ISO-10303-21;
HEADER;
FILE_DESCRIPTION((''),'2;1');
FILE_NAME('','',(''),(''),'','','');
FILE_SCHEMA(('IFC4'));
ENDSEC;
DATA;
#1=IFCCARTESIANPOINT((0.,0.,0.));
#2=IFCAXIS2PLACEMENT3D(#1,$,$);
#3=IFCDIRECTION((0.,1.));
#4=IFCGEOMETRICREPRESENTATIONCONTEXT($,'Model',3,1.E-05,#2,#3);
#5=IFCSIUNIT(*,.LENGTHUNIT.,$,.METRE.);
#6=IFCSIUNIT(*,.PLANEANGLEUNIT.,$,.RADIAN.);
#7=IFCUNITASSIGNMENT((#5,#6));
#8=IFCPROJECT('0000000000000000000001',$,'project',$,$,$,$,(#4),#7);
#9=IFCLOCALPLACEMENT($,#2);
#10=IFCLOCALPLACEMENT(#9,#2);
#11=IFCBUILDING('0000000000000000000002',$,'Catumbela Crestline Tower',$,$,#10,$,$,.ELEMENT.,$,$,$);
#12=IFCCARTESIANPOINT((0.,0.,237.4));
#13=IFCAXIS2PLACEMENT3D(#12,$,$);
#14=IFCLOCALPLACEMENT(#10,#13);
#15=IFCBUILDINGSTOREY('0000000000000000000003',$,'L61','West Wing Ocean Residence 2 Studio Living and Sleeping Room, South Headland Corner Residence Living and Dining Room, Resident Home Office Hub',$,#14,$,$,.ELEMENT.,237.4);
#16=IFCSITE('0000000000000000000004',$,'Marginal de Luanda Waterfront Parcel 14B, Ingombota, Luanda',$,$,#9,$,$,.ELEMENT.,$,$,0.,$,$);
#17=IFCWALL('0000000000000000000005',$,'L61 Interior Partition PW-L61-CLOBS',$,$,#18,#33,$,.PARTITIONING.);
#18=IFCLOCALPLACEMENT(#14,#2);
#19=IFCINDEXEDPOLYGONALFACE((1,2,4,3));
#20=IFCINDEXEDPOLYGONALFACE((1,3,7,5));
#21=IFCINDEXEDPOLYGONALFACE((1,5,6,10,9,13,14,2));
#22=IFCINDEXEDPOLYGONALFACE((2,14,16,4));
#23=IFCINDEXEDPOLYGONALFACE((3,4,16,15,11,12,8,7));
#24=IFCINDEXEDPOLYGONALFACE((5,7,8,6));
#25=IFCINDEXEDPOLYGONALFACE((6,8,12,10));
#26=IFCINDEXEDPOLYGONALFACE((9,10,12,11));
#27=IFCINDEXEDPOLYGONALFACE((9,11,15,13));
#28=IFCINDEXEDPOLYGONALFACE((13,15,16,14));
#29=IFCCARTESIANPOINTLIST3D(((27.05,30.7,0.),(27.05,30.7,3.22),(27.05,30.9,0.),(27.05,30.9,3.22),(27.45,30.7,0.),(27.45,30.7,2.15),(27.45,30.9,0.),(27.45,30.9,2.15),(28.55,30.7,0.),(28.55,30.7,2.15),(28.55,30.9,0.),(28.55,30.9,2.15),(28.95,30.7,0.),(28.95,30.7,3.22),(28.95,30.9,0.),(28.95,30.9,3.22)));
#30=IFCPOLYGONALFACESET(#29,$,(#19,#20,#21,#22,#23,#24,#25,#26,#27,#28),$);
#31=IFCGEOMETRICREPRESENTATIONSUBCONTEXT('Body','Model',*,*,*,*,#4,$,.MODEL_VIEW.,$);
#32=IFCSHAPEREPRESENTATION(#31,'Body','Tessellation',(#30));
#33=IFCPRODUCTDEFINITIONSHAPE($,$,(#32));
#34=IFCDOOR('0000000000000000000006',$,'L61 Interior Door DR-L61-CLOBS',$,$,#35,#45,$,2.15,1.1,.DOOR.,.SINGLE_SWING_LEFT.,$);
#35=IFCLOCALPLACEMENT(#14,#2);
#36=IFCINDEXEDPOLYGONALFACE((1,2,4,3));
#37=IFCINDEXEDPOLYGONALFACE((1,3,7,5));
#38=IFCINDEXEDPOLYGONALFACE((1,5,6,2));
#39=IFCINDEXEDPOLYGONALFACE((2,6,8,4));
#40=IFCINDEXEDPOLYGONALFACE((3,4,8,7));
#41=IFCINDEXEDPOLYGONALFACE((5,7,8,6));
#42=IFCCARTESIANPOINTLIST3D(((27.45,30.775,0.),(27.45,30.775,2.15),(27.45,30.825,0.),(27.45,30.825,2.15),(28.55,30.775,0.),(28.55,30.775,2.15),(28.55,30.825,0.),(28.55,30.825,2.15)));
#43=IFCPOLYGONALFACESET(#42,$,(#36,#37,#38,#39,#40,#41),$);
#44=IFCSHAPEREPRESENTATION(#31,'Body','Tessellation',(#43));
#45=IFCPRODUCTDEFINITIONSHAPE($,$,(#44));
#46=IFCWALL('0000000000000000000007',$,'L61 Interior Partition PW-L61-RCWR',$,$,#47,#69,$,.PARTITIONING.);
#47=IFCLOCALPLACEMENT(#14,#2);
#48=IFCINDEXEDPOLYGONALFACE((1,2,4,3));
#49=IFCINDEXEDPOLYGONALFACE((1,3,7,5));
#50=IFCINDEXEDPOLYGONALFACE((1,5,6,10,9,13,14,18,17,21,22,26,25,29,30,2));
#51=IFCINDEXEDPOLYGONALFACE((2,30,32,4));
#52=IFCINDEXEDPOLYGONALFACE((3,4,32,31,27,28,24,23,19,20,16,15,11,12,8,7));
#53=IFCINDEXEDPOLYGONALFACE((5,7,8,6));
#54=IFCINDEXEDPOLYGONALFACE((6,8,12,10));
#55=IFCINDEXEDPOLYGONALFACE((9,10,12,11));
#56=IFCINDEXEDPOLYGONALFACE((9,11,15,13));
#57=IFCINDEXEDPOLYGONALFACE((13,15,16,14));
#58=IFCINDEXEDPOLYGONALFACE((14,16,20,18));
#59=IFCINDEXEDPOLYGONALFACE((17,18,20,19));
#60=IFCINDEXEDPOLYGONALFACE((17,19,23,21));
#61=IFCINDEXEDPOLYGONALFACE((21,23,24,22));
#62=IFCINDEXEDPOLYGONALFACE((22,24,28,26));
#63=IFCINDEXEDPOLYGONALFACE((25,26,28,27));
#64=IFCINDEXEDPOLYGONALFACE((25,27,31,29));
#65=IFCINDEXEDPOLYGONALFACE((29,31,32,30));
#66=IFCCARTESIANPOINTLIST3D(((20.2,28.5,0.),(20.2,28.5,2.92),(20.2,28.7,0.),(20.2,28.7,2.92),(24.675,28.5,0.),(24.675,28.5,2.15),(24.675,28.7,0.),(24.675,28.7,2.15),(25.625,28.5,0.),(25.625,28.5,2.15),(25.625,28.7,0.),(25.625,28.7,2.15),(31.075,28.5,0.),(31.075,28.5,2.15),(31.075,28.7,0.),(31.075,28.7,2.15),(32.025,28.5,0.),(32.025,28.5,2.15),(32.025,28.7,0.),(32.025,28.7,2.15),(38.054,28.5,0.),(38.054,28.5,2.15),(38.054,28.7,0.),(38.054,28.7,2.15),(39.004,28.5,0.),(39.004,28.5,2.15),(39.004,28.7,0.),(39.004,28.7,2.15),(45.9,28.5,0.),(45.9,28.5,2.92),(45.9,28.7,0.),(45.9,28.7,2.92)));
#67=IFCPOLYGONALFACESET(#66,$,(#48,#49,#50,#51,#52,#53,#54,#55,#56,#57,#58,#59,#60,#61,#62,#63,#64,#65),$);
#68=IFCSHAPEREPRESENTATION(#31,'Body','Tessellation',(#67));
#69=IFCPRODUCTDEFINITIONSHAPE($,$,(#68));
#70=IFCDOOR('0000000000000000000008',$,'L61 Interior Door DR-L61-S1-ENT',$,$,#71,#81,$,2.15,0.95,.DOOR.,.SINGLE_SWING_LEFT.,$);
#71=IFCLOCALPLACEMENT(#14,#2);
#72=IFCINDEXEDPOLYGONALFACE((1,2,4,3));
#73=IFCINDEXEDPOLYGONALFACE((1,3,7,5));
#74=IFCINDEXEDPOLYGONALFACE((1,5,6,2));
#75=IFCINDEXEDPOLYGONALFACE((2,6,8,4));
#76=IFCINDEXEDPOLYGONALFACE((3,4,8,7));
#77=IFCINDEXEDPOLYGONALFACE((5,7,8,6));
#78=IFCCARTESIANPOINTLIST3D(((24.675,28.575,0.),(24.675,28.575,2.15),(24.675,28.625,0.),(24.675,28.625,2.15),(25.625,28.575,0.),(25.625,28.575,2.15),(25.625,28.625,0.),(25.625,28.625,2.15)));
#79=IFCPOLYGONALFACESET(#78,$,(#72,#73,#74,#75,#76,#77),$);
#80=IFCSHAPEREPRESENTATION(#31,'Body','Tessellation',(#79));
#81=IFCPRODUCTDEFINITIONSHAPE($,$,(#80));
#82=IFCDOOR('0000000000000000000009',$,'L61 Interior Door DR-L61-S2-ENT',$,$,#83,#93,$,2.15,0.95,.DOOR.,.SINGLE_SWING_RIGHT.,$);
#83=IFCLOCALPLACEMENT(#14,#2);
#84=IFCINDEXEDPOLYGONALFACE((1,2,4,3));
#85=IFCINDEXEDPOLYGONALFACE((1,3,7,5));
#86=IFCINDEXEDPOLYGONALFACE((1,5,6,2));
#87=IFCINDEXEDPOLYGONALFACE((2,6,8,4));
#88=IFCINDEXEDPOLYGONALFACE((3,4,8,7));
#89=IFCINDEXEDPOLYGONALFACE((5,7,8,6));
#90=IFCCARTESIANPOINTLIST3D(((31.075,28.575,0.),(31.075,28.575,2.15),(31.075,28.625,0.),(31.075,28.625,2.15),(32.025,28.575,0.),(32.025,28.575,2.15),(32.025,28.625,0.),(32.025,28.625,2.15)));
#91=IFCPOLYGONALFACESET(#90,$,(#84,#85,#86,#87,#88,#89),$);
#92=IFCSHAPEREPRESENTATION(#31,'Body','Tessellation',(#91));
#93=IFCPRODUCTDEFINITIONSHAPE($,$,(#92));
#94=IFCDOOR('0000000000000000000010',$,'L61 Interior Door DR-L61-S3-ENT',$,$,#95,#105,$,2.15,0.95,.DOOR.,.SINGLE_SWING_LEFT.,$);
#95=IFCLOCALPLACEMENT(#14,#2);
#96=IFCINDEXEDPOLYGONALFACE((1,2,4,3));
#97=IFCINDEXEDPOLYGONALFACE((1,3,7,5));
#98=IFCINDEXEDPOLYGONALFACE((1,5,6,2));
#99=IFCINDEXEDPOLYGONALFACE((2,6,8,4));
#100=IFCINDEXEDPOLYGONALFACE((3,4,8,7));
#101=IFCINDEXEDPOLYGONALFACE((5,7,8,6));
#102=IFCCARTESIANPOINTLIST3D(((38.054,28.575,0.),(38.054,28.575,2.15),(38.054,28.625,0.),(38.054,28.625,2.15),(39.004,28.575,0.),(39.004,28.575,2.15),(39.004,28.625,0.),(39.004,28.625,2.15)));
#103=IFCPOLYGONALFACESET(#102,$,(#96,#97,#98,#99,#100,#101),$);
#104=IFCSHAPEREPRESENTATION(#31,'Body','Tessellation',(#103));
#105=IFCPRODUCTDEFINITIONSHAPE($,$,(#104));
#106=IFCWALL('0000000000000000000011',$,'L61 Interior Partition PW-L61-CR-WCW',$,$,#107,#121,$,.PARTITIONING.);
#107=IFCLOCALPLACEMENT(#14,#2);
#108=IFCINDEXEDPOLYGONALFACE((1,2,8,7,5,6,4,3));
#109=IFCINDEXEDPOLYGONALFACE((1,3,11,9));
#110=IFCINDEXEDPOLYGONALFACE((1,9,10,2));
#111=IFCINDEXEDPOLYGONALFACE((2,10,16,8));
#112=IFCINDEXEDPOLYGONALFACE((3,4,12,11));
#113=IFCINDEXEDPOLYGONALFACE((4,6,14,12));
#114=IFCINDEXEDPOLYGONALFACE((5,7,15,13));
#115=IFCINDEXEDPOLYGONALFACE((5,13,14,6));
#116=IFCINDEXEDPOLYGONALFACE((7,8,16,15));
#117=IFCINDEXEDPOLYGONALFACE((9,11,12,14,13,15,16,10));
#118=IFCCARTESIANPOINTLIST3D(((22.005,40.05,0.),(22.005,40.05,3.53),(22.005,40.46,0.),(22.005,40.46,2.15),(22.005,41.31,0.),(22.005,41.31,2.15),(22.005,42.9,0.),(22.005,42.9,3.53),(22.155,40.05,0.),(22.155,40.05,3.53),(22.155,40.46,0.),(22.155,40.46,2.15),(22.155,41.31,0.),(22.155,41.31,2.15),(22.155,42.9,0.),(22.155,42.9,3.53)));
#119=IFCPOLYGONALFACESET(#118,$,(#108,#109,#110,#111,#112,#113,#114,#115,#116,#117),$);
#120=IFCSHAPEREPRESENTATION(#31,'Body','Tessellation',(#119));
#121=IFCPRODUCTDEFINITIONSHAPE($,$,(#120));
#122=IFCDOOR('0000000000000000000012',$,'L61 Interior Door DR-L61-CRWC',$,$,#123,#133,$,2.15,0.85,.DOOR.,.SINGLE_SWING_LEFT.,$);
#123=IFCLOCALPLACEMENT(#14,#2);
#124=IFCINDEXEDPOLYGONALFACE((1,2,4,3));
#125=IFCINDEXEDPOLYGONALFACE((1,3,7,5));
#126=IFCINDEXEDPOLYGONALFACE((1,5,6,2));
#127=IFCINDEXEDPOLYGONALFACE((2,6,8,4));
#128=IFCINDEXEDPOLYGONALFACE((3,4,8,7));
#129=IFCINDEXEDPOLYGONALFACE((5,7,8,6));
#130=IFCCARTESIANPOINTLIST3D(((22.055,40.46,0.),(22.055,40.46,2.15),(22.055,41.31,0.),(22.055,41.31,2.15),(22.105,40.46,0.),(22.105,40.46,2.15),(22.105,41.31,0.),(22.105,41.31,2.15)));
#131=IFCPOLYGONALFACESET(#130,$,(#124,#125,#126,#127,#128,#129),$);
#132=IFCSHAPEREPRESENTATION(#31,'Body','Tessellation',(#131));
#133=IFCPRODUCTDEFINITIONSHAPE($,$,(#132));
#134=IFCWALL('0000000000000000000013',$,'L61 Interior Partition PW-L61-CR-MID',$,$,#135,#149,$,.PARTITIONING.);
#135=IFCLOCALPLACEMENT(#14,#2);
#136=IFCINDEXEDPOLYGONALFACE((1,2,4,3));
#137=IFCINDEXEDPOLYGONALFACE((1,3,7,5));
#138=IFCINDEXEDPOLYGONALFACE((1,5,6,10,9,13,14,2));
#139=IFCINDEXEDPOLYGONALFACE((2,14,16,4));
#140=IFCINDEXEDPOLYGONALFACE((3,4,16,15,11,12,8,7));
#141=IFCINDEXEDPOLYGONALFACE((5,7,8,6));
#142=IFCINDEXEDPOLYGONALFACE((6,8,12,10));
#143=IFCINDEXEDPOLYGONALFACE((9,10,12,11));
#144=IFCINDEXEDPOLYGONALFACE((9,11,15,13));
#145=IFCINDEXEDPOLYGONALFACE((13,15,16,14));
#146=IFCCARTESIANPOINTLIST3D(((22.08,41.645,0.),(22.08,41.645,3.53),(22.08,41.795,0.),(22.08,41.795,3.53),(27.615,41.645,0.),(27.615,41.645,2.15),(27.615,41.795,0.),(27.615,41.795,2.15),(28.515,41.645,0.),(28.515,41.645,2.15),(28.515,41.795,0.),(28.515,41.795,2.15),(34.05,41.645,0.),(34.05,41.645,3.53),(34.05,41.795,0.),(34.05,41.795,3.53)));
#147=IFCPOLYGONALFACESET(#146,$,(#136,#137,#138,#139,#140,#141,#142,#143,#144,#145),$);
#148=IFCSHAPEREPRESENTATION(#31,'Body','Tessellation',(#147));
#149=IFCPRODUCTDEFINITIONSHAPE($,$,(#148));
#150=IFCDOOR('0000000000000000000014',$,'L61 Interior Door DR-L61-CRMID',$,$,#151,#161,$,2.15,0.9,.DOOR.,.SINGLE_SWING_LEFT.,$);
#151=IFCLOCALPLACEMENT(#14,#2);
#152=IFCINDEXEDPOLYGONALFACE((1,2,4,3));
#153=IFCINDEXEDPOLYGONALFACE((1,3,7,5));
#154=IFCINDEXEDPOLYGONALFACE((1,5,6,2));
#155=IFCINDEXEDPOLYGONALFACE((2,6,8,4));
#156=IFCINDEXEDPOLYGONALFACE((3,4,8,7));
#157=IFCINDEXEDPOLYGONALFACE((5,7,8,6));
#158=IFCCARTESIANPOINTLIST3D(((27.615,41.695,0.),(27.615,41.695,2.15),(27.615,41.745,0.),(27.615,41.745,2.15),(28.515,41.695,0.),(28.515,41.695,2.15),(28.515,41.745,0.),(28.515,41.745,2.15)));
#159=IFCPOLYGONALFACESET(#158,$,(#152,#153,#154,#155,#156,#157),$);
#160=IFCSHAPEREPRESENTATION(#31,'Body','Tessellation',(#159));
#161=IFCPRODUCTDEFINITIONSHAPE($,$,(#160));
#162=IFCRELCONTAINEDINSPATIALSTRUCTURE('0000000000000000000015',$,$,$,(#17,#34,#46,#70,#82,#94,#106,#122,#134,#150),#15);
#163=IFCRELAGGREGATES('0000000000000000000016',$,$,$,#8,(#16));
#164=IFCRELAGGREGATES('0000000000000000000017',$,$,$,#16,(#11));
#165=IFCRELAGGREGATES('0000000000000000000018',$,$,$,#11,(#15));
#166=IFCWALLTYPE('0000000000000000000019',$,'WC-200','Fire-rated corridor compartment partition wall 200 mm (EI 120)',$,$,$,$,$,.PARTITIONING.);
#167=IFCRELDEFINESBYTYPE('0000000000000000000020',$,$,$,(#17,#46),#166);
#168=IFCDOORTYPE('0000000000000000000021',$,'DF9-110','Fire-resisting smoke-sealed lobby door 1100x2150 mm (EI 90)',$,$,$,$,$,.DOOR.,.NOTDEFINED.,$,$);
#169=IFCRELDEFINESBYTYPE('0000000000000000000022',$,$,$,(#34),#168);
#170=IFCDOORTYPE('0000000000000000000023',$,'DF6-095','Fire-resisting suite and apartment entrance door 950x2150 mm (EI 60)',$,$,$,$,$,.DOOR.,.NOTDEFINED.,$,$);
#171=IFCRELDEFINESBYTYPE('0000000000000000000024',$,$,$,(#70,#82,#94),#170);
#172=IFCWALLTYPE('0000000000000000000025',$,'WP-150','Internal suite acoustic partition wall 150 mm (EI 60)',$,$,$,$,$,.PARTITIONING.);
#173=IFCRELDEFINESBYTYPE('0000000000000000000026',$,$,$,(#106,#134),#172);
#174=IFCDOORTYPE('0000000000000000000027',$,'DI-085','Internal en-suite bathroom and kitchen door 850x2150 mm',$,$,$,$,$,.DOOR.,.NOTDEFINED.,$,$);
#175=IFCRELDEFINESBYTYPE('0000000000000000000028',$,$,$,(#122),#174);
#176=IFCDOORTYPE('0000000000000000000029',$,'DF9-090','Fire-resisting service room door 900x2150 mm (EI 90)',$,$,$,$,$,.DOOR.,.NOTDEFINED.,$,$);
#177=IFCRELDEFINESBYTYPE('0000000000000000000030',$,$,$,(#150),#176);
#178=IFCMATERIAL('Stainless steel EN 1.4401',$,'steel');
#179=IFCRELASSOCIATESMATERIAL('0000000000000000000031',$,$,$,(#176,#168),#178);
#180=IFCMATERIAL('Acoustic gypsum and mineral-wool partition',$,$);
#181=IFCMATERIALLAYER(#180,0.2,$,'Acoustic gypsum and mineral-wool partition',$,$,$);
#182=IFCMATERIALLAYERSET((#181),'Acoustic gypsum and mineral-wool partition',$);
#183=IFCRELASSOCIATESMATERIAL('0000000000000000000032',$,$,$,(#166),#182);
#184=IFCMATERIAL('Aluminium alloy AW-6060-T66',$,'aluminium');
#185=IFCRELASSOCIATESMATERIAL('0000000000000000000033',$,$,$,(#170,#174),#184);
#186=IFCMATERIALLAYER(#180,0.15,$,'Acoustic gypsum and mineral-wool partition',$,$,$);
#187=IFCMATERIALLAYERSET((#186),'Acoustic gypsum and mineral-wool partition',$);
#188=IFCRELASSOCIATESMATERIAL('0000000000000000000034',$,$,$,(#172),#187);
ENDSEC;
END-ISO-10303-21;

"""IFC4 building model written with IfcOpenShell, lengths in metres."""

from ifc_helpers import new_model, si_unit, direction, frame, frame_2d, origin, place, context, subcontext, project, spatial, rectangle, extrude, material, layer, layer_set, type_object, element, fill, save


model = new_model("IFC4")

# Units and contexts
model_context = context("Model", 3, precision=1e-05, world=origin(), true_north=direction((0.0, 1.0)))
body_context = subcontext(model_context, "Body", "Model", "MODEL_VIEW")
ifc_project = project(units=[si_unit("LENGTHUNIT", "METRE"), si_unit("PLANEANGLEUNIT", "RADIAN")], contexts=[model_context])

# Site, building, storey
site_placement = place(None, origin())
site = spatial("IfcSite", under=ifc_project, at=site_placement, Name="Marginal de Luanda Waterfront Parcel 14B, Ingombota, Luanda", CompositionType="ELEMENT", RefElevation=0.0)
building_placement = place(site_placement, origin())
building = spatial("IfcBuilding", under=site, at=building_placement, Name="Catumbela Crestline Tower", CompositionType="ELEMENT")
storey_placement = place(building_placement, frame((0.0, 0.0, 237.4)))
storey = spatial("IfcBuildingStorey", under=building, at=storey_placement, Name="L61", Description="West Wing Ocean Residence 2 Studio Living and Sleeping Room, South Headland Corner Residence Living and Dining Room, Resident Home Office Hub", CompositionType="ELEMENT", Elevation=237.4)

# Shared definitions
ifc_material_1 = material(Name="Stainless steel EN 1.4401", Category="steel")

# Shared definitions
door_type_1 = type_object("IfcDoorType", Name="DF9-090", Description="Fire-resisting service room door 900x2150 mm (EI 90)", OperationType="NOTDEFINED", PredefinedType="DOOR", material=ifc_material_1)

# Wall, opening, door
ifc_material_2 = material(Name="Acoustic gypsum and mineral-wool partition")
ifc_layer_1 = layer(ifc_material_2, 0.2, Name="Acoustic gypsum and mineral-wool partition")
ifc_layer_set_1 = layer_set([ifc_layer_1], Name="Acoustic gypsum and mineral-wool partition")
wall_type_1 = type_object("IfcWallType", Name="WC-200", Description="Fire-rated corridor compartment partition wall 200 mm (EI 120)", PredefinedType="PARTITIONING", material=ifc_layer_set_1)
wall_1_placement = place(storey_placement, frame((27.05, 30.8, 0.0), z_axis=(0.0, 0.0, 1.0), x_axis=(1.0, 0.0, 0.0)))
wall_1 = element("IfcWall", 1, at=wall_1_placement, inside=storey, type_object=wall_type_1, Name="L61 Interior Partition PW-L61-CLOBS", PredefinedType="PARTITIONING", context=body_context, shape_type="SweptSolid", body=[
    extrude(rectangle(XDim=1.9, YDim=0.2, at=frame_2d((0.95, 0.0))), origin(), (0.0, 0.0, 1.0), 3.22),
])
opening_1_placement = place(wall_1_placement, frame((0.4, 0.0, 0.0)))
opening_1 = element("IfcOpeningElement", 2, at=opening_1_placement, cuts=wall_1, PredefinedType="OPENING", context=body_context, shape_type="SweptSolid", body=[
    extrude(rectangle(XDim=1.1, YDim=2.15, at=frame_2d((0.55, 1.075))), frame((0.0, 0.11, 0.0), z_axis=(0.0, -1.0, 0.0), x_axis=(1.0, 0.0, 0.0)), (0.0, 0.0, 1.0), 0.22),
])
door_type_2 = type_object("IfcDoorType", Name="DF9-110", Description="Fire-resisting smoke-sealed lobby door 1100x2150 mm (EI 90)", OperationType="NOTDEFINED", PredefinedType="DOOR", material=ifc_material_1)
door_1_placement = place(opening_1_placement, origin())
door_1 = element("IfcDoor", 3, at=door_1_placement, inside=storey, type_object=door_type_2, Name="L61 Interior Door DR-L61-CLOBS", OperationType="SINGLE_SWING_LEFT", OverallHeight=2.15, OverallWidth=1.1, PredefinedType="DOOR", context=body_context, shape_type="SweptSolid", body=[
    extrude(rectangle(XDim=1.1, YDim=2.15, at=frame_2d((0.55, 1.075))), frame((0.0, 0.025, 0.0), z_axis=(0.0, -1.0, 0.0), x_axis=(1.0, 0.0, 0.0)), (0.0, 0.0, 1.0), 0.05),
])
fill(opening_1, door_1)

# Wall, openings, doors
wall_2_placement = place(storey_placement, frame((20.2, 28.6, 0.0), z_axis=(0.0, 0.0, 1.0), x_axis=(1.0, 0.0, 0.0)))
wall_2 = element("IfcWall", 4, at=wall_2_placement, inside=storey, type_object=wall_type_1, Name="L61 Interior Partition PW-L61-RCWR", PredefinedType="PARTITIONING", context=body_context, shape_type="SweptSolid", body=[
    extrude(rectangle(XDim=25.7, YDim=0.2, at=frame_2d((12.85, 0.0))), origin(), (0.0, 0.0, 1.0), 2.92),
])
opening_2_placement = place(wall_2_placement, frame((4.475, 0.0, 0.0)))
opening_2 = element("IfcOpeningElement", 5, at=opening_2_placement, cuts=wall_2, PredefinedType="OPENING", context=body_context, shape_type="SweptSolid", body=[
    extrude(rectangle(XDim=0.95, YDim=2.15, at=frame_2d((0.475, 1.075))), frame((0.0, 0.11, 0.0), z_axis=(0.0, -1.0, 0.0), x_axis=(1.0, 0.0, 0.0)), (0.0, 0.0, 1.0), 0.22),
])
opening_3_placement = place(wall_2_placement, frame((10.875, 0.0, 0.0)))
opening_3 = element("IfcOpeningElement", 6, at=opening_3_placement, cuts=wall_2, PredefinedType="OPENING", context=body_context, shape_type="SweptSolid", body=[
    extrude(rectangle(XDim=0.95, YDim=2.15, at=frame_2d((0.475, 1.075))), frame((0.0, 0.11, 0.0), z_axis=(0.0, -1.0, 0.0), x_axis=(1.0, 0.0, 0.0)), (0.0, 0.0, 1.0), 0.22),
])
opening_4_placement = place(wall_2_placement, frame((17.854, 0.0, 0.0)))
opening_4 = element("IfcOpeningElement", 7, at=opening_4_placement, cuts=wall_2, PredefinedType="OPENING", context=body_context, shape_type="SweptSolid", body=[
    extrude(rectangle(XDim=0.95, YDim=2.15, at=frame_2d((0.475, 1.075))), frame((0.0, 0.11, 0.0), z_axis=(0.0, -1.0, 0.0), x_axis=(1.0, 0.0, 0.0)), (0.0, 0.0, 1.0), 0.22),
])
ifc_material_3 = material(Name="Aluminium alloy AW-6060-T66", Category="aluminium")
door_type_3 = type_object("IfcDoorType", Name="DF6-095", Description="Fire-resisting suite and apartment entrance door 950x2150 mm (EI 60)", OperationType="NOTDEFINED", PredefinedType="DOOR", material=ifc_material_3)
door_2_placement = place(opening_2_placement, origin())
door_2 = element("IfcDoor", 8, at=door_2_placement, inside=storey, type_object=door_type_3, Name="L61 Interior Door DR-L61-S1-ENT", OperationType="SINGLE_SWING_LEFT", OverallHeight=2.15, OverallWidth=0.95, PredefinedType="DOOR", context=body_context, shape_type="SweptSolid", body=[
    extrude(rectangle(XDim=0.95, YDim=2.15, at=frame_2d((0.475, 1.075))), frame((0.0, 0.025, 0.0), z_axis=(0.0, -1.0, 0.0), x_axis=(1.0, 0.0, 0.0)), (0.0, 0.0, 1.0), 0.05),
])
fill(opening_2, door_2)
door_3_placement = place(opening_3_placement, origin())
door_3 = element("IfcDoor", 9, at=door_3_placement, inside=storey, type_object=door_type_3, Name="L61 Interior Door DR-L61-S2-ENT", OperationType="SINGLE_SWING_RIGHT", OverallHeight=2.15, OverallWidth=0.95, PredefinedType="DOOR", context=body_context, shape_type="SweptSolid", body=[
    extrude(rectangle(XDim=0.95, YDim=2.15, at=frame_2d((0.475, 1.075))), frame((0.0, 0.025, 0.0), z_axis=(0.0, -1.0, 0.0), x_axis=(1.0, 0.0, 0.0)), (0.0, 0.0, 1.0), 0.05),
])
fill(opening_3, door_3)
door_4_placement = place(opening_4_placement, origin())
door_4 = element("IfcDoor", 10, at=door_4_placement, inside=storey, type_object=door_type_3, Name="L61 Interior Door DR-L61-S3-ENT", OperationType="SINGLE_SWING_LEFT", OverallHeight=2.15, OverallWidth=0.95, PredefinedType="DOOR", context=body_context, shape_type="SweptSolid", body=[
    extrude(rectangle(XDim=0.95, YDim=2.15, at=frame_2d((0.475, 1.075))), frame((0.0, 0.025, 0.0), z_axis=(0.0, -1.0, 0.0), x_axis=(1.0, 0.0, 0.0)), (0.0, 0.0, 1.0), 0.05),
])
fill(opening_4, door_4)

# Walls, openings, doors
ifc_layer_2 = layer(ifc_material_2, 0.15, Name="Acoustic gypsum and mineral-wool partition")
ifc_layer_set_2 = layer_set([ifc_layer_2], Name="Acoustic gypsum and mineral-wool partition")
wall_type_2 = type_object("IfcWallType", Name="WP-150", Description="Internal suite acoustic partition wall 150 mm (EI 60)", PredefinedType="PARTITIONING", material=ifc_layer_set_2)
wall_3_placement = place(storey_placement, frame((22.08, 40.05, 0.0), z_axis=(0.0, 0.0, 1.0), x_axis=(0.0, 1.0, 0.0)))
wall_3 = element("IfcWall", 11, at=wall_3_placement, inside=storey, type_object=wall_type_2, Name="L61 Interior Partition PW-L61-CR-WCW", PredefinedType="PARTITIONING", context=body_context, shape_type="SweptSolid", body=[
    extrude(rectangle(XDim=2.85, YDim=0.15, at=frame_2d((1.425, 0.0))), origin(), (0.0, 0.0, 1.0), 3.53),
])
opening_5_placement = place(wall_3_placement, frame((0.41, 0.0, 0.0)))
opening_5 = element("IfcOpeningElement", 12, at=opening_5_placement, cuts=wall_3, PredefinedType="OPENING", context=body_context, shape_type="SweptSolid", body=[
    extrude(rectangle(XDim=0.85, YDim=2.15, at=frame_2d((0.425, 1.075))), frame((0.0, 0.085, 0.0), z_axis=(0.0, -1.0, 0.0), x_axis=(1.0, 0.0, 0.0)), (0.0, 0.0, 1.0), 0.17),
])
door_type_4 = type_object("IfcDoorType", Name="DI-085", Description="Internal en-suite bathroom and kitchen door 850x2150 mm", OperationType="NOTDEFINED", PredefinedType="DOOR", material=ifc_material_3)
door_5_placement = place(opening_5_placement, origin())
door_5 = element("IfcDoor", 13, at=door_5_placement, inside=storey, type_object=door_type_4, Name="L61 Interior Door DR-L61-CRWC", OperationType="SINGLE_SWING_LEFT", OverallHeight=2.15, OverallWidth=0.85, PredefinedType="DOOR", context=body_context, shape_type="SweptSolid", body=[
    extrude(rectangle(XDim=0.85, YDim=2.15, at=frame_2d((0.425, 1.075))), frame((0.0, 0.025, 0.0), z_axis=(0.0, -1.0, 0.0), x_axis=(1.0, 0.0, 0.0)), (0.0, 0.0, 1.0), 0.05),
])
fill(opening_5, door_5)
wall_4_placement = place(storey_placement, frame((22.08, 41.72, 0.0), z_axis=(0.0, 0.0, 1.0), x_axis=(1.0, 0.0, 0.0)))
wall_4 = element("IfcWall", 14, at=wall_4_placement, inside=storey, type_object=wall_type_2, Name="L61 Interior Partition PW-L61-CR-MID", PredefinedType="PARTITIONING", context=body_context, shape_type="SweptSolid", body=[
    extrude(rectangle(XDim=11.97, YDim=0.15, at=frame_2d((5.985, 0.0))), origin(), (0.0, 0.0, 1.0), 3.53),
])
opening_6_placement = place(wall_4_placement, frame((5.535, 0.0, 0.0)))
opening_6 = element("IfcOpeningElement", 15, at=opening_6_placement, cuts=wall_4, PredefinedType="OPENING", context=body_context, shape_type="SweptSolid", body=[
    extrude(rectangle(XDim=0.9, YDim=2.15, at=frame_2d((0.45, 1.075))), frame((0.0, 0.085, 0.0), z_axis=(0.0, -1.0, 0.0), x_axis=(1.0, 0.0, 0.0)), (0.0, 0.0, 1.0), 0.17),
])
door_6_placement = place(opening_6_placement, origin())
door_6 = element("IfcDoor", 16, at=door_6_placement, inside=storey, type_object=door_type_1, Name="L61 Interior Door DR-L61-CRMID", OperationType="SINGLE_SWING_LEFT", OverallHeight=2.15, OverallWidth=0.9, PredefinedType="DOOR", context=body_context, shape_type="SweptSolid", body=[
    extrude(rectangle(XDim=0.9, YDim=2.15, at=frame_2d((0.45, 1.075))), frame((0.0, 0.025, 0.0), z_axis=(0.0, -1.0, 0.0), x_axis=(1.0, 0.0, 0.0)), (0.0, 0.0, 1.0), 0.05),
])
fill(opening_6, door_6)

save(model, "model.ifc")
